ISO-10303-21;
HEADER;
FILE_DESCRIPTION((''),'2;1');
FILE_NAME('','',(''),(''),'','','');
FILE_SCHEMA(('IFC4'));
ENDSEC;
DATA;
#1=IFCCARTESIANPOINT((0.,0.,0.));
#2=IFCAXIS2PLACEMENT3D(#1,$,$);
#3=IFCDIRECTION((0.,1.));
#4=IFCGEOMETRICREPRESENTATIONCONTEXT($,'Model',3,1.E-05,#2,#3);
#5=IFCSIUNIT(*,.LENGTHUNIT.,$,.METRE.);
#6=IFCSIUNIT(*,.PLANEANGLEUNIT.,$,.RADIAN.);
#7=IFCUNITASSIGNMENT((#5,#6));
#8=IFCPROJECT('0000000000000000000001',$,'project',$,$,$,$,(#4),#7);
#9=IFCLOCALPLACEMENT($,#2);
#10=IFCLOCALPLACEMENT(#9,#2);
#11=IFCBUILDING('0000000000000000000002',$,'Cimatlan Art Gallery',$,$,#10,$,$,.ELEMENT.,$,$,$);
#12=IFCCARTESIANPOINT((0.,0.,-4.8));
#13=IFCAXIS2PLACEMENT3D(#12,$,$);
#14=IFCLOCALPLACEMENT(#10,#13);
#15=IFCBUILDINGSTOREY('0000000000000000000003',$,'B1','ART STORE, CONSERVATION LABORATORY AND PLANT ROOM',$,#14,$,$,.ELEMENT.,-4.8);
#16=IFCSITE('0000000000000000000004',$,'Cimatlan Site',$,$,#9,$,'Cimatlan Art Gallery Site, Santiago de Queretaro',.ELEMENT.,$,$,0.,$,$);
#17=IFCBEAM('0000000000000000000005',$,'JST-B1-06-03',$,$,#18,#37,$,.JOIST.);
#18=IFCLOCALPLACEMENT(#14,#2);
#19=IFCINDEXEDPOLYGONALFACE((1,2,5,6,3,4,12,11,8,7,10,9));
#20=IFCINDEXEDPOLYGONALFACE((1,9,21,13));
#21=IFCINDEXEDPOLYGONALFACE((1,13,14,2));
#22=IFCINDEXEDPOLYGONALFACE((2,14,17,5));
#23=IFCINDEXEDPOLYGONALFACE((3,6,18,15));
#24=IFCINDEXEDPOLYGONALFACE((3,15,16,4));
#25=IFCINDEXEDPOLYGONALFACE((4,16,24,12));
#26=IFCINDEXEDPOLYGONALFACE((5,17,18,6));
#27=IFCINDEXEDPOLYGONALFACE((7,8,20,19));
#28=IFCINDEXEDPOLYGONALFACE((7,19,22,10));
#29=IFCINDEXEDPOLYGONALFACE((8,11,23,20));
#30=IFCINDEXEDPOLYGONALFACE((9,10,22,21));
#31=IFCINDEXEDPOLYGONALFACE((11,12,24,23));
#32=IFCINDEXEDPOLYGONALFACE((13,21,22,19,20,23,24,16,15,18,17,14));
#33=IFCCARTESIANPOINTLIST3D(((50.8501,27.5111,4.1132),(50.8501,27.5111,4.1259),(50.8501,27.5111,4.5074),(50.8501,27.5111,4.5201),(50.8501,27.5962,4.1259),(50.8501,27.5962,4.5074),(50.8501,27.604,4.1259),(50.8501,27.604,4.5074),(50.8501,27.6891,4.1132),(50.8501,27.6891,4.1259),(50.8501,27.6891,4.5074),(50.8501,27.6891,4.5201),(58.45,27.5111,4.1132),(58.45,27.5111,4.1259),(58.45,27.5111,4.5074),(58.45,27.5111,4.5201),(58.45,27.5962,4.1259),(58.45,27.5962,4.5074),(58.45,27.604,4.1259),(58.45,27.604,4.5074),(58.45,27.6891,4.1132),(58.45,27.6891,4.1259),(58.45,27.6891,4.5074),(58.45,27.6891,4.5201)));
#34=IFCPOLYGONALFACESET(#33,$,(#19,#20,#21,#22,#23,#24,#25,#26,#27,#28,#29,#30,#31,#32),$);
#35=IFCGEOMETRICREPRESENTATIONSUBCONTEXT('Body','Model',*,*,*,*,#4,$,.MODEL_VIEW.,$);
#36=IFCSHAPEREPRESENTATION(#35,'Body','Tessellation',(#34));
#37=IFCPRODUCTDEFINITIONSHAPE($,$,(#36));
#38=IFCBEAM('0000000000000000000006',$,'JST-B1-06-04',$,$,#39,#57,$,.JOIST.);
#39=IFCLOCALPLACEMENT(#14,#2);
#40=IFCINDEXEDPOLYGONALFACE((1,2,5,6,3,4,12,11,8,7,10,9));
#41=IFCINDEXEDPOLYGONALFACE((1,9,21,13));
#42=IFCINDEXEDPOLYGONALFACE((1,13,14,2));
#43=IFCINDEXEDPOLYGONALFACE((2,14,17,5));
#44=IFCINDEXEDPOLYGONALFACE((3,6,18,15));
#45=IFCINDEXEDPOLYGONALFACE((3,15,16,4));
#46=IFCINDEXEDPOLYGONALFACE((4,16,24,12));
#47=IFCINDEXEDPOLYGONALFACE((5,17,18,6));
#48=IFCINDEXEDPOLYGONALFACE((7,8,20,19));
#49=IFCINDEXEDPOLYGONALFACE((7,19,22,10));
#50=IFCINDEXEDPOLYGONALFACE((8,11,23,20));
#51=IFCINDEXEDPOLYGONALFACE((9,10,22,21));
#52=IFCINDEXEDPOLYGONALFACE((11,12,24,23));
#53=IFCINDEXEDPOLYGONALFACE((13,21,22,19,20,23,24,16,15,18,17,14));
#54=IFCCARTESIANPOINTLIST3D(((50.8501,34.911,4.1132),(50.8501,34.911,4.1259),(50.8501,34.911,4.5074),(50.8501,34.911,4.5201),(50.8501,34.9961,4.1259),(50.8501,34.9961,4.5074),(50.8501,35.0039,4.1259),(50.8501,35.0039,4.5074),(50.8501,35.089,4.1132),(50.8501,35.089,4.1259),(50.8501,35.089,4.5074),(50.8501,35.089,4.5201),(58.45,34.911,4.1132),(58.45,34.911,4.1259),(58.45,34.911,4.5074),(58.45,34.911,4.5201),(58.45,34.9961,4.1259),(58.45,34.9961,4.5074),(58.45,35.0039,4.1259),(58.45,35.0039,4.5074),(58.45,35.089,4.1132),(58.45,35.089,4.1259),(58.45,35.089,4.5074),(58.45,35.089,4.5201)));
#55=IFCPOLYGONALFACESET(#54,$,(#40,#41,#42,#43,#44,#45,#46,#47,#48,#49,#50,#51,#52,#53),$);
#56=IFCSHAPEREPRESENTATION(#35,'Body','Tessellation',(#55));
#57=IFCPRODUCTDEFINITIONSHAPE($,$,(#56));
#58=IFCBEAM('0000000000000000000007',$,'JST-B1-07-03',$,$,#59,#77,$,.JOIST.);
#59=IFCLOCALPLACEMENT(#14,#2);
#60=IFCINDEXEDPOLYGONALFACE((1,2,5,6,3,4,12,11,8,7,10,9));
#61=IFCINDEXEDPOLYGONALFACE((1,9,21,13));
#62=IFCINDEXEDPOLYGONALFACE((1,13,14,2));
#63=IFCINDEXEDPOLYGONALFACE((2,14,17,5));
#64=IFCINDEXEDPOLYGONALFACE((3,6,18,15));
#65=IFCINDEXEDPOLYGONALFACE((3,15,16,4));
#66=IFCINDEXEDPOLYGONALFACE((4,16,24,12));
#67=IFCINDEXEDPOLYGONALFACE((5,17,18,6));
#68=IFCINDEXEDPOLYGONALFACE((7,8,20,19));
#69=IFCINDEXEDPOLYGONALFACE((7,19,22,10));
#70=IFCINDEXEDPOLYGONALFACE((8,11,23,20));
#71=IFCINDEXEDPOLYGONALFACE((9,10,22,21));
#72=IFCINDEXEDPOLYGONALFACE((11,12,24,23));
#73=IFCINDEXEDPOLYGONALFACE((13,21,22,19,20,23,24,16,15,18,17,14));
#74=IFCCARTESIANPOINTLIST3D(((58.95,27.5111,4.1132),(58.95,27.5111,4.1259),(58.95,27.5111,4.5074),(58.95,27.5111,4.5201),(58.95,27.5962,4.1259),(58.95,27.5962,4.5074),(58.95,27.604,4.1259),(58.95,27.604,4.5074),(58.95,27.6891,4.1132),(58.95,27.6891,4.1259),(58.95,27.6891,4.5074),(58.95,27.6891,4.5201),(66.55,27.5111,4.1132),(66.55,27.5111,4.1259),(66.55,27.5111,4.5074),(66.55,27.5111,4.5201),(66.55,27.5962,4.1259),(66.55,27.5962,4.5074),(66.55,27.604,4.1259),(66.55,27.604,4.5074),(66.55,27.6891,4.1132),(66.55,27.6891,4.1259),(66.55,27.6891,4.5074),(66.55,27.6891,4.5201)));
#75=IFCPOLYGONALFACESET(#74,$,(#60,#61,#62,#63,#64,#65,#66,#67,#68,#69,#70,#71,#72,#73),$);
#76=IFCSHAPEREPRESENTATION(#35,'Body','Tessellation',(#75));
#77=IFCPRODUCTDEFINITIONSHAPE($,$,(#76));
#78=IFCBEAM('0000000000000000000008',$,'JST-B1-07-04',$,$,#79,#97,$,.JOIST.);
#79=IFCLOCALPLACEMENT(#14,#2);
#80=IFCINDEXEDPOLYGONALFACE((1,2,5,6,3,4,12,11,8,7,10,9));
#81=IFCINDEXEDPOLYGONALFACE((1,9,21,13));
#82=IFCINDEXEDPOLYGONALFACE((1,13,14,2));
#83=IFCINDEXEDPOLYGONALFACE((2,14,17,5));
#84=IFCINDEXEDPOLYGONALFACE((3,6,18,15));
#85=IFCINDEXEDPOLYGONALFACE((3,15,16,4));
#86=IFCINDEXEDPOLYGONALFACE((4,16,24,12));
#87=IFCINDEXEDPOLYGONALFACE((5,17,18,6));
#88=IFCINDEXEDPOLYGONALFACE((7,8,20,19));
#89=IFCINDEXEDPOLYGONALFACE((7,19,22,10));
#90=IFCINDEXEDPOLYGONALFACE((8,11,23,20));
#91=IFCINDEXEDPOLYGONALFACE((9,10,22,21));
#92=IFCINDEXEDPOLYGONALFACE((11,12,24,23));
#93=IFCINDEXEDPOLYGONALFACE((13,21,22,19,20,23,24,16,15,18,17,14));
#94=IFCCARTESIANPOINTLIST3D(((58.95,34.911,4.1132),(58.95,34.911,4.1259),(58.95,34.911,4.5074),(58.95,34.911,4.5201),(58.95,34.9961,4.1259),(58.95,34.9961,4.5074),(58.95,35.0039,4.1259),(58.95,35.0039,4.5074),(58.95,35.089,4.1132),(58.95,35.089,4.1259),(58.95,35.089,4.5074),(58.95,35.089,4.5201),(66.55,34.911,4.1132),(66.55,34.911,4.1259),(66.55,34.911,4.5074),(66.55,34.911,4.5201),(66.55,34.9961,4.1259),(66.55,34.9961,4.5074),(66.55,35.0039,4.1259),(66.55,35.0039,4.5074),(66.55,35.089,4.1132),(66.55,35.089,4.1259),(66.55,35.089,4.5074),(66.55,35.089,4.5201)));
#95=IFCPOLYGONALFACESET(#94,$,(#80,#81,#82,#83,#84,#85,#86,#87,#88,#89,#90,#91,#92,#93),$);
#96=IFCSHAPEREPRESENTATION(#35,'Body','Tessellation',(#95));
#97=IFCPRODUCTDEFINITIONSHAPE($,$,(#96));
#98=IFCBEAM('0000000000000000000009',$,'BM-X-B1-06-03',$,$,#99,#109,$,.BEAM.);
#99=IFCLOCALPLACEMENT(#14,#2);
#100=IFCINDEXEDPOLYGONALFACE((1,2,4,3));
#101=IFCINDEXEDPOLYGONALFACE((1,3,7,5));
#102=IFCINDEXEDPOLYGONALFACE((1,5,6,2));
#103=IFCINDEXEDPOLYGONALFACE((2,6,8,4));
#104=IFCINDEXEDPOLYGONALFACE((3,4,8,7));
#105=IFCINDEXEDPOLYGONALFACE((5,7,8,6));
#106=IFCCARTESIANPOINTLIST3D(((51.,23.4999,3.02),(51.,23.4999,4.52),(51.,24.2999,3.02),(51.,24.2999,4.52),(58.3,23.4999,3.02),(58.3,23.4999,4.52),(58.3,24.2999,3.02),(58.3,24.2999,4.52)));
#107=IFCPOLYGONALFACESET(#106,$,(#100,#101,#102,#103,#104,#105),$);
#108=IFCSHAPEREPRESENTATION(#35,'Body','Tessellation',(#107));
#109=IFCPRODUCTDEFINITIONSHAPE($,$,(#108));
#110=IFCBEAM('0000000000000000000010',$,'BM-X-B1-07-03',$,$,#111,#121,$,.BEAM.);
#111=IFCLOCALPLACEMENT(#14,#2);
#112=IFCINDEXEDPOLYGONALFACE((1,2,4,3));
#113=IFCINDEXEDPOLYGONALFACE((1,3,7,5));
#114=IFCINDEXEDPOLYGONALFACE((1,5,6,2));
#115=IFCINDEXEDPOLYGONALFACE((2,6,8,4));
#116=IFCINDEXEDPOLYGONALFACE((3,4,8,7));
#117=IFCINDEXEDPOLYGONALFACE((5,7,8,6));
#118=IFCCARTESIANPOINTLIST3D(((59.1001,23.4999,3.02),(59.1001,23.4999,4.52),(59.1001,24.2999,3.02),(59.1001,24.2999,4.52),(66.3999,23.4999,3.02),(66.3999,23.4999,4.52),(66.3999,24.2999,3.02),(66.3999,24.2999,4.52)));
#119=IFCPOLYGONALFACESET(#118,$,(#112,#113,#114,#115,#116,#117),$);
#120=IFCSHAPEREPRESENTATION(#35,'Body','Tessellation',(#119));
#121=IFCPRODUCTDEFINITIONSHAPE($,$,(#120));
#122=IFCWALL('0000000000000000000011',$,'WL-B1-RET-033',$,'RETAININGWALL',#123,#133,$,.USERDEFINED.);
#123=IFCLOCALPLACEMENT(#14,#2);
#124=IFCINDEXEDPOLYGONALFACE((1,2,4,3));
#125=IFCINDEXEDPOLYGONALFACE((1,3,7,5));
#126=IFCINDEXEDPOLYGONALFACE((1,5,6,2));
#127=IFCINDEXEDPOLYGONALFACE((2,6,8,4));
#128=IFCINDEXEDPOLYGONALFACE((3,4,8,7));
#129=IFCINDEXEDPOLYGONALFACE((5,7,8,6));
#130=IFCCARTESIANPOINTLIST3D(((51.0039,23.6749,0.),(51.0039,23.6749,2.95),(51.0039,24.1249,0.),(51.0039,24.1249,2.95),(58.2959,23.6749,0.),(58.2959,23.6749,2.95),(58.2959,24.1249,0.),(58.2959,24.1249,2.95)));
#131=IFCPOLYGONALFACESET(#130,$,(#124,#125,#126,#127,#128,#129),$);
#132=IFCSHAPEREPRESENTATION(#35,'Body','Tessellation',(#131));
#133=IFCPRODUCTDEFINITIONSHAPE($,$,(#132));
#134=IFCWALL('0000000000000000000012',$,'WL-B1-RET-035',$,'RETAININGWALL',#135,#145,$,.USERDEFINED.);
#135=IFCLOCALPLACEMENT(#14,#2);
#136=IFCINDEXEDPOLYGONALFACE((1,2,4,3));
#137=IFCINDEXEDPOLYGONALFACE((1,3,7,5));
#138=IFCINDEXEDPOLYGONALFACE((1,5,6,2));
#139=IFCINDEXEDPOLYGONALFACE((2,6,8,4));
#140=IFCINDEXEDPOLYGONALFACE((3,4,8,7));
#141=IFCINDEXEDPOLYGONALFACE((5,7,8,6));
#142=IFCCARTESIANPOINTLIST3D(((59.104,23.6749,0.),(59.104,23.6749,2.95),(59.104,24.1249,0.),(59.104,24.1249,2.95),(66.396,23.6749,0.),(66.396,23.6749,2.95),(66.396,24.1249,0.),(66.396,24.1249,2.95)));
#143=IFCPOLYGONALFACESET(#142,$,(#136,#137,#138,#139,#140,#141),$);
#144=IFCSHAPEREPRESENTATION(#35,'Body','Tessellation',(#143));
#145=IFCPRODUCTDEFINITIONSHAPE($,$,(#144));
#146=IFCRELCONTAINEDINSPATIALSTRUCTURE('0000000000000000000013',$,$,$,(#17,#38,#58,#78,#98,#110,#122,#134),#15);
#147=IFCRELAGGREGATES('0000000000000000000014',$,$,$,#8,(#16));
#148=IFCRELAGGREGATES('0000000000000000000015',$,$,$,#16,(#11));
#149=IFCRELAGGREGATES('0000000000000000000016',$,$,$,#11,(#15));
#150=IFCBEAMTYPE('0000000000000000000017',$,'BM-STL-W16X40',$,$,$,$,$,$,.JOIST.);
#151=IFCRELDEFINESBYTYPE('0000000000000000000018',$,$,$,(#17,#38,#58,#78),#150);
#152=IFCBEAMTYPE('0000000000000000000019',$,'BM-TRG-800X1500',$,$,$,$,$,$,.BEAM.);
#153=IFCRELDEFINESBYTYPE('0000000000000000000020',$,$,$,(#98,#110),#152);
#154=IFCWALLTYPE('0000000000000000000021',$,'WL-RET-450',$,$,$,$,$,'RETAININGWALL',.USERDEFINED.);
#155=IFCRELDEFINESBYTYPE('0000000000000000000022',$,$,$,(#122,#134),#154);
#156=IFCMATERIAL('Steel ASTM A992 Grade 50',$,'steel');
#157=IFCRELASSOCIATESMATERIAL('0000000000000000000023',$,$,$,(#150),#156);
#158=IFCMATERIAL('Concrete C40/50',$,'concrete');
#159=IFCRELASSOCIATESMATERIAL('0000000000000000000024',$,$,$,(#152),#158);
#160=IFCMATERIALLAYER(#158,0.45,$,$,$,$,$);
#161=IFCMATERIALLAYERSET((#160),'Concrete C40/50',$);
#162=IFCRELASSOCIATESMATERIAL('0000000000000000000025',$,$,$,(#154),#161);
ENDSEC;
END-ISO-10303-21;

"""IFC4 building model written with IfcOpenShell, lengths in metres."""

from ifc_helpers import new_model, si_unit, direction, frame, frame_2d, origin, origin_2d, place, context, subcontext, project, spatial, rectangle, i_section, extrude, material, layer, layer_set, material_profile, profile_set, type_object, element, save


model = new_model("IFC4")

# Units and contexts
model_context = context("Model", 3, precision=1e-05, world=origin(), true_north=direction((0.0, 1.0)))
body_context = subcontext(model_context, "Body", "Model", "MODEL_VIEW")
ifc_project = project(units=[si_unit("LENGTHUNIT", "METRE"), si_unit("PLANEANGLEUNIT", "RADIAN")], contexts=[model_context])

# Site, building, storey
site_placement = place(None, origin())
site = spatial("IfcSite", under=ifc_project, at=site_placement, Name="Cimatlan Site", LongName="Cimatlan Art Gallery Site, Santiago de Queretaro", CompositionType="ELEMENT", RefElevation=0.0)
building_placement = place(site_placement, origin())
building = spatial("IfcBuilding", under=site, at=building_placement, Name="Cimatlan Art Gallery", CompositionType="ELEMENT")
storey_placement = place(building_placement, frame((0.0, 0.0, -4.8)))
storey = spatial("IfcBuildingStorey", under=building, at=storey_placement, Name="B1", Description="ART STORE, CONSERVATION LABORATORY AND PLANT ROOM", CompositionType="ELEMENT", Elevation=-4.8)

# Shared definitions
ifc_material_1 = material(Name="Concrete C40/50", Category="concrete")

# Beams
ifc_material_2 = material(Name="Steel ASTM A992 Grade 50", Category="steel")
ifc_material_profile_1 = material_profile(ifc_material_2, i_section(OverallWidth=0.178, OverallDepth=0.407, WebThickness=0.0078, FlangeThickness=0.0127, at=origin_2d()), Name="W16X40")
ifc_profile_set_1 = profile_set([ifc_material_profile_1], Name="Steel ASTM A992 Grade 50")
beam_type_1 = type_object("IfcBeamType", Name="BM-STL-W16X40", PredefinedType="JOIST", material=ifc_profile_set_1)
for number, where, z_axis, x_axis, name in (
    (1, (50.8501, 27.6001, 4.3167), (1.0, 0.0, 0.0), (0.0, 1.0, 0.0), "JST-B1-06-03"),
    (2, (50.8501, 35.0, 4.3167), (1.0, 0.0, 0.0), (0.0, 1.0, 0.0), "JST-B1-06-04"),
):
    element("IfcBeam", number, at=place(storey_placement, frame(where, z_axis=z_axis, x_axis=x_axis)), inside=storey, type_object=beam_type_1, Name=name, PredefinedType="JOIST", context=body_context, shape_type="SweptSolid", body=[
        extrude(i_section(OverallWidth=0.178, OverallDepth=0.407, WebThickness=0.0078, FlangeThickness=0.0127, at=origin_2d()), origin(), (0.0, 0.0, 1.0), 7.5999),
    ])
for number, where, z_axis, x_axis, name in (
    (3, (58.95, 27.6001, 4.3167), (1.0, 0.0, 0.0), (0.0, 1.0, 0.0), "JST-B1-07-03"),
    (4, (58.95, 35.0, 4.3167), (1.0, 0.0, 0.0), (0.0, 1.0, 0.0), "JST-B1-07-04"),
):
    element("IfcBeam", number, at=place(storey_placement, frame(where, z_axis=z_axis, x_axis=x_axis)), inside=storey, type_object=beam_type_1, Name=name, PredefinedType="JOIST", context=body_context, shape_type="SweptSolid", body=[
        extrude(i_section(OverallWidth=0.178, OverallDepth=0.407, WebThickness=0.0078, FlangeThickness=0.0127, at=origin_2d()), origin(), (0.0, 0.0, 1.0), 7.6001),
    ])
ifc_material_profile_2 = material_profile(ifc_material_1, rectangle(XDim=0.8, YDim=1.5, at=origin_2d()), Name="RC800X1500")
ifc_profile_set_2 = profile_set([ifc_material_profile_2], Name="Concrete C40/50")
beam_type_2 = type_object("IfcBeamType", Name="BM-TRG-800X1500", PredefinedType="BEAM", material=ifc_profile_set_2)
beam_1_placement = place(storey_placement, frame((51.0, 23.8999, 3.77), z_axis=(1.0, 0.0, 0.0), x_axis=(0.0, 1.0, 0.0)))
element("IfcBeam", 5, at=beam_1_placement, inside=storey, type_object=beam_type_2, Name="BM-X-B1-06-03", PredefinedType="BEAM", context=body_context, shape_type="SweptSolid", body=[
    extrude(rectangle(XDim=0.8, YDim=1.5, at=origin_2d()), origin(), (0.0, 0.0, 1.0), 7.3),
])
beam_2_placement = place(storey_placement, frame((59.1001, 23.8999, 3.77), z_axis=(1.0, 0.0, 0.0), x_axis=(0.0, 1.0, 0.0)))
element("IfcBeam", 6, at=beam_2_placement, inside=storey, type_object=beam_type_2, Name="BM-X-B1-07-03", PredefinedType="BEAM", context=body_context, shape_type="SweptSolid", body=[
    extrude(rectangle(XDim=0.8, YDim=1.5, at=origin_2d()), origin(), (0.0, 0.0, 1.0), 7.2998),
])

# Walls
ifc_layer = layer(ifc_material_1, 0.45)
ifc_layer_set = layer_set([ifc_layer], Name="Concrete C40/50")
wall_type = type_object("IfcWallType", Name="WL-RET-450", ElementType="RETAININGWALL", PredefinedType="USERDEFINED", material=ifc_layer_set)
for number, where, z_axis, x_axis, name in (
    (7, (58.2959, 23.8999, 0.0), (0.0, 0.0, 1.0), (-1.0, 0.0, 0.0), "WL-B1-RET-033"),
    (8, (66.396, 23.8999, 0.0), (0.0, 0.0, 1.0), (-1.0, 0.0, 0.0), "WL-B1-RET-035"),
):
    element("IfcWall", number, at=place(storey_placement, frame(where, z_axis=z_axis, x_axis=x_axis)), inside=storey, type_object=wall_type, Name=name, ObjectType="RETAININGWALL", PredefinedType="USERDEFINED", context=body_context, shape_type="SweptSolid", body=[
        extrude(rectangle(XDim=7.292, YDim=0.45, at=frame_2d((3.646, 0.0))), origin(), (0.0, 0.0, 1.0), 2.95),
    ])

save(model, "model.ifc")
